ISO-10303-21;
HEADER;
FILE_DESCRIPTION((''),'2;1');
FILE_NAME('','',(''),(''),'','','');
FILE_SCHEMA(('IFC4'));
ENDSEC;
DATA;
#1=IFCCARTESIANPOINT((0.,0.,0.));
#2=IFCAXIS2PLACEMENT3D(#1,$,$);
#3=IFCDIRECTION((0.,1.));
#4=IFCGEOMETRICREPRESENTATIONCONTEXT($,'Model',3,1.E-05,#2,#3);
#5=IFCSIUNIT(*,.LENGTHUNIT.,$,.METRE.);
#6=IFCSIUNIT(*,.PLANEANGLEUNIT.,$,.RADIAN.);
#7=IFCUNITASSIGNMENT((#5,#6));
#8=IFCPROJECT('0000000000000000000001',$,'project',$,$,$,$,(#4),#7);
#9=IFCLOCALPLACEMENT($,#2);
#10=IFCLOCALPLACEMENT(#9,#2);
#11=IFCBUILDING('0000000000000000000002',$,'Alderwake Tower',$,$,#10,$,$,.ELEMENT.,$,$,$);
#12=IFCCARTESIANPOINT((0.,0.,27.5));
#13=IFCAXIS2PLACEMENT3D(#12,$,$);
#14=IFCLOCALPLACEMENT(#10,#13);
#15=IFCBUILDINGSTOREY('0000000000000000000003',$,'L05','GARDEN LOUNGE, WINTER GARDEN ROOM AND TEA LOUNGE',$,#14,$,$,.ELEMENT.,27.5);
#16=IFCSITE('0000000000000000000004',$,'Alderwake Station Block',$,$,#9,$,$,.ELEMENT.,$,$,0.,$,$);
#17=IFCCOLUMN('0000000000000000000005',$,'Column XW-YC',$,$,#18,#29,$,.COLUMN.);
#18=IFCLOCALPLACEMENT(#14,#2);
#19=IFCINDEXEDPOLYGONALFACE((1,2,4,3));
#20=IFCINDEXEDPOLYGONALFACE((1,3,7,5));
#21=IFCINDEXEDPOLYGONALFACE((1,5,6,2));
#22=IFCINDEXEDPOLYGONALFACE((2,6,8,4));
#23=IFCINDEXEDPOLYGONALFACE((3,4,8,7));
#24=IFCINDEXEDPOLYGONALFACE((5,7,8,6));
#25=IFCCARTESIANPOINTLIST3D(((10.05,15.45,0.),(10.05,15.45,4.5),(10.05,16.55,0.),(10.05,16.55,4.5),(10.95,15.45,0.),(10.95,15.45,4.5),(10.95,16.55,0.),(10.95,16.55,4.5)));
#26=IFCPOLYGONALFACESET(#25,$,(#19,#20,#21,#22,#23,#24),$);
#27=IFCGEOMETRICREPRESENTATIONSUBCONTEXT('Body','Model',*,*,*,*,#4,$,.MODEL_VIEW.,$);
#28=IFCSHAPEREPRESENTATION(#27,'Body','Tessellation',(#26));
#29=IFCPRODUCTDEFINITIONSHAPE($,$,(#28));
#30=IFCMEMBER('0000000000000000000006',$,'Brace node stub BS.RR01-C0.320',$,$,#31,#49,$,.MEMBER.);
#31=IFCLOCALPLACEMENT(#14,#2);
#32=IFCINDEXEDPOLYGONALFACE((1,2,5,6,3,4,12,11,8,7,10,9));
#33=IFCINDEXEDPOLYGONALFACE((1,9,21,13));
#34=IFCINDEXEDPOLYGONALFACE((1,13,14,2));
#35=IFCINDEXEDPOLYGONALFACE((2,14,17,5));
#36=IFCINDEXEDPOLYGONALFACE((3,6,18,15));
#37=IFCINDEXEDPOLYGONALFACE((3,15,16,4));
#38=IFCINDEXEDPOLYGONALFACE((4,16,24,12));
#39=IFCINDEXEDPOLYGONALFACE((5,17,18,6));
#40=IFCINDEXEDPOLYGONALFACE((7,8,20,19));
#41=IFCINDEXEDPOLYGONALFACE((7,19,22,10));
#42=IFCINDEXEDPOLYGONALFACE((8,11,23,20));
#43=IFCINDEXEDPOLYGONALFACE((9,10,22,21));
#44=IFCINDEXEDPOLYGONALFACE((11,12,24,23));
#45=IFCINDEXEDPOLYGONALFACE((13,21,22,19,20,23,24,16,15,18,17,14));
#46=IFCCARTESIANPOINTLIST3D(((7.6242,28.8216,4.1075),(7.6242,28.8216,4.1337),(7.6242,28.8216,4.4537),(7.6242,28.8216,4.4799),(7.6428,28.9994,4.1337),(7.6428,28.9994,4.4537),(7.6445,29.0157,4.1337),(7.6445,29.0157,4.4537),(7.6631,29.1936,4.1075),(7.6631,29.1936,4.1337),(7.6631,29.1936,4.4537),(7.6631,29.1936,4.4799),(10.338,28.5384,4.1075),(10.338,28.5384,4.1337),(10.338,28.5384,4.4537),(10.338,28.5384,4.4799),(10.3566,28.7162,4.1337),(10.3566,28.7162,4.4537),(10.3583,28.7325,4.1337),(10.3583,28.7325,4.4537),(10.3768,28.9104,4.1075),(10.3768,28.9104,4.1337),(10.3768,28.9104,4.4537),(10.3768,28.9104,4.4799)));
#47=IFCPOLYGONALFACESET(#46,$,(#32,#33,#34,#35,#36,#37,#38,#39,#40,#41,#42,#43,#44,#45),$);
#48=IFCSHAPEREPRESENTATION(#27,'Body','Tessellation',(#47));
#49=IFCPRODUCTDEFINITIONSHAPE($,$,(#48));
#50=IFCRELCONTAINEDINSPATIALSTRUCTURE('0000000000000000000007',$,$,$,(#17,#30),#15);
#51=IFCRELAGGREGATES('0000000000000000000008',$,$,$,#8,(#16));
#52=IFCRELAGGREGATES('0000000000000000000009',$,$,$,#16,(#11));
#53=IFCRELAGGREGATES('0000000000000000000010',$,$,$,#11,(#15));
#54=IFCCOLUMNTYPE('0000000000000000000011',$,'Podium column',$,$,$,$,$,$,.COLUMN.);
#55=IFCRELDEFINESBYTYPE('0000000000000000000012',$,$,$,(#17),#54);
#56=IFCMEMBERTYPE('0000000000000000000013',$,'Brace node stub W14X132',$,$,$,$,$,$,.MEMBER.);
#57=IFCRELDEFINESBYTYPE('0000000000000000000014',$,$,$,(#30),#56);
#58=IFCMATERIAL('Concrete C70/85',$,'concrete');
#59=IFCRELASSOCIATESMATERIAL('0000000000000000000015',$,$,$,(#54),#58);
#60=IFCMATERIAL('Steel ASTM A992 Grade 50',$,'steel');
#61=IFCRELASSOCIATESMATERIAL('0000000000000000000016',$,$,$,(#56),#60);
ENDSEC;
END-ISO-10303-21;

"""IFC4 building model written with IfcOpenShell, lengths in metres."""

from ifc_helpers import new_model, si_unit, direction, frame, origin, origin_2d, place, context, subcontext, project, spatial, rectangle, i_section, extrude, material, material_profile, profile_set, type_object, element, save


model = new_model("IFC4")

# Units and contexts
model_context = context("Model", 3, precision=1e-05, world=origin(), true_north=direction((0.0, 1.0)))
body_context = subcontext(model_context, "Body", "Model", "MODEL_VIEW")
ifc_project = project(units=[si_unit("LENGTHUNIT", "METRE"), si_unit("PLANEANGLEUNIT", "RADIAN")], contexts=[model_context])

# Site, building, storey
site_placement = place(None, origin())
site = spatial("IfcSite", under=ifc_project, at=site_placement, Name="Alderwake Station Block", CompositionType="ELEMENT", RefElevation=0.0)
building_placement = place(site_placement, origin())
building = spatial("IfcBuilding", under=site, at=building_placement, Name="Alderwake Tower", CompositionType="ELEMENT")
storey_placement = place(building_placement, frame((0.0, 0.0, 27.5)))
storey = spatial("IfcBuildingStorey", under=building, at=storey_placement, Name="L05", Description="GARDEN LOUNGE, WINTER GARDEN ROOM AND TEA LOUNGE", CompositionType="ELEMENT", Elevation=27.5)

# Column
ifc_material_1 = material(Name="Concrete C70/85", Category="concrete")
ifc_material_profile_1 = material_profile(ifc_material_1, rectangle(XDim=0.8999, YDim=1.1001, at=origin_2d()), Name="RC 1100X900")
ifc_profile_set_1 = profile_set([ifc_material_profile_1], Name="Concrete C70/85")
column_type = type_object("IfcColumnType", Name="Podium column", PredefinedType="COLUMN", material=ifc_profile_set_1)
column_placement = place(storey_placement, frame((10.5, 16.0, 0.0), z_axis=(0.0, 0.0, 1.0), x_axis=(1.0, 0.0, 0.0)))
element("IfcColumn", 1, at=column_placement, inside=storey, type_object=column_type, Name="Column XW-YC", PredefinedType="COLUMN", context=body_context, shape_type="SweptSolid", body=[
    extrude(rectangle(XDim=0.8999, YDim=1.1001, at=origin_2d()), origin(), (0.0, 0.0, 1.0), 4.5),
])

# Member
ifc_material_2 = material(Name="Steel ASTM A992 Grade 50", Category="steel")
ifc_material_profile_2 = material_profile(ifc_material_2, i_section(OverallWidth=0.374, OverallDepth=0.3723, WebThickness=0.0164, FlangeThickness=0.0261, at=origin_2d()), Name="W14X132")
ifc_profile_set_2 = profile_set([ifc_material_profile_2], Name="Steel ASTM A992 Grade 50")
member_type = type_object("IfcMemberType", Name="Brace node stub W14X132", PredefinedType="MEMBER", material=ifc_profile_set_2)
member_placement = place(storey_placement, frame((10.3574, 28.7244, 4.2937), z_axis=(-0.994599, 0.10379, 0.0), x_axis=(-0.10379, -0.994599, 0.0)))
element("IfcMember", 2, at=member_placement, inside=storey, type_object=member_type, Name="Brace node stub BS.RR01-C0.320", PredefinedType="MEMBER", context=body_context, shape_type="SweptSolid", body=[
    extrude(i_section(OverallWidth=0.374, OverallDepth=0.3723, WebThickness=0.0164, FlangeThickness=0.0261, at=origin_2d()), origin(), (0.0, 0.0, 1.0), 2.7285),
])

save(model, "model.ifc")
